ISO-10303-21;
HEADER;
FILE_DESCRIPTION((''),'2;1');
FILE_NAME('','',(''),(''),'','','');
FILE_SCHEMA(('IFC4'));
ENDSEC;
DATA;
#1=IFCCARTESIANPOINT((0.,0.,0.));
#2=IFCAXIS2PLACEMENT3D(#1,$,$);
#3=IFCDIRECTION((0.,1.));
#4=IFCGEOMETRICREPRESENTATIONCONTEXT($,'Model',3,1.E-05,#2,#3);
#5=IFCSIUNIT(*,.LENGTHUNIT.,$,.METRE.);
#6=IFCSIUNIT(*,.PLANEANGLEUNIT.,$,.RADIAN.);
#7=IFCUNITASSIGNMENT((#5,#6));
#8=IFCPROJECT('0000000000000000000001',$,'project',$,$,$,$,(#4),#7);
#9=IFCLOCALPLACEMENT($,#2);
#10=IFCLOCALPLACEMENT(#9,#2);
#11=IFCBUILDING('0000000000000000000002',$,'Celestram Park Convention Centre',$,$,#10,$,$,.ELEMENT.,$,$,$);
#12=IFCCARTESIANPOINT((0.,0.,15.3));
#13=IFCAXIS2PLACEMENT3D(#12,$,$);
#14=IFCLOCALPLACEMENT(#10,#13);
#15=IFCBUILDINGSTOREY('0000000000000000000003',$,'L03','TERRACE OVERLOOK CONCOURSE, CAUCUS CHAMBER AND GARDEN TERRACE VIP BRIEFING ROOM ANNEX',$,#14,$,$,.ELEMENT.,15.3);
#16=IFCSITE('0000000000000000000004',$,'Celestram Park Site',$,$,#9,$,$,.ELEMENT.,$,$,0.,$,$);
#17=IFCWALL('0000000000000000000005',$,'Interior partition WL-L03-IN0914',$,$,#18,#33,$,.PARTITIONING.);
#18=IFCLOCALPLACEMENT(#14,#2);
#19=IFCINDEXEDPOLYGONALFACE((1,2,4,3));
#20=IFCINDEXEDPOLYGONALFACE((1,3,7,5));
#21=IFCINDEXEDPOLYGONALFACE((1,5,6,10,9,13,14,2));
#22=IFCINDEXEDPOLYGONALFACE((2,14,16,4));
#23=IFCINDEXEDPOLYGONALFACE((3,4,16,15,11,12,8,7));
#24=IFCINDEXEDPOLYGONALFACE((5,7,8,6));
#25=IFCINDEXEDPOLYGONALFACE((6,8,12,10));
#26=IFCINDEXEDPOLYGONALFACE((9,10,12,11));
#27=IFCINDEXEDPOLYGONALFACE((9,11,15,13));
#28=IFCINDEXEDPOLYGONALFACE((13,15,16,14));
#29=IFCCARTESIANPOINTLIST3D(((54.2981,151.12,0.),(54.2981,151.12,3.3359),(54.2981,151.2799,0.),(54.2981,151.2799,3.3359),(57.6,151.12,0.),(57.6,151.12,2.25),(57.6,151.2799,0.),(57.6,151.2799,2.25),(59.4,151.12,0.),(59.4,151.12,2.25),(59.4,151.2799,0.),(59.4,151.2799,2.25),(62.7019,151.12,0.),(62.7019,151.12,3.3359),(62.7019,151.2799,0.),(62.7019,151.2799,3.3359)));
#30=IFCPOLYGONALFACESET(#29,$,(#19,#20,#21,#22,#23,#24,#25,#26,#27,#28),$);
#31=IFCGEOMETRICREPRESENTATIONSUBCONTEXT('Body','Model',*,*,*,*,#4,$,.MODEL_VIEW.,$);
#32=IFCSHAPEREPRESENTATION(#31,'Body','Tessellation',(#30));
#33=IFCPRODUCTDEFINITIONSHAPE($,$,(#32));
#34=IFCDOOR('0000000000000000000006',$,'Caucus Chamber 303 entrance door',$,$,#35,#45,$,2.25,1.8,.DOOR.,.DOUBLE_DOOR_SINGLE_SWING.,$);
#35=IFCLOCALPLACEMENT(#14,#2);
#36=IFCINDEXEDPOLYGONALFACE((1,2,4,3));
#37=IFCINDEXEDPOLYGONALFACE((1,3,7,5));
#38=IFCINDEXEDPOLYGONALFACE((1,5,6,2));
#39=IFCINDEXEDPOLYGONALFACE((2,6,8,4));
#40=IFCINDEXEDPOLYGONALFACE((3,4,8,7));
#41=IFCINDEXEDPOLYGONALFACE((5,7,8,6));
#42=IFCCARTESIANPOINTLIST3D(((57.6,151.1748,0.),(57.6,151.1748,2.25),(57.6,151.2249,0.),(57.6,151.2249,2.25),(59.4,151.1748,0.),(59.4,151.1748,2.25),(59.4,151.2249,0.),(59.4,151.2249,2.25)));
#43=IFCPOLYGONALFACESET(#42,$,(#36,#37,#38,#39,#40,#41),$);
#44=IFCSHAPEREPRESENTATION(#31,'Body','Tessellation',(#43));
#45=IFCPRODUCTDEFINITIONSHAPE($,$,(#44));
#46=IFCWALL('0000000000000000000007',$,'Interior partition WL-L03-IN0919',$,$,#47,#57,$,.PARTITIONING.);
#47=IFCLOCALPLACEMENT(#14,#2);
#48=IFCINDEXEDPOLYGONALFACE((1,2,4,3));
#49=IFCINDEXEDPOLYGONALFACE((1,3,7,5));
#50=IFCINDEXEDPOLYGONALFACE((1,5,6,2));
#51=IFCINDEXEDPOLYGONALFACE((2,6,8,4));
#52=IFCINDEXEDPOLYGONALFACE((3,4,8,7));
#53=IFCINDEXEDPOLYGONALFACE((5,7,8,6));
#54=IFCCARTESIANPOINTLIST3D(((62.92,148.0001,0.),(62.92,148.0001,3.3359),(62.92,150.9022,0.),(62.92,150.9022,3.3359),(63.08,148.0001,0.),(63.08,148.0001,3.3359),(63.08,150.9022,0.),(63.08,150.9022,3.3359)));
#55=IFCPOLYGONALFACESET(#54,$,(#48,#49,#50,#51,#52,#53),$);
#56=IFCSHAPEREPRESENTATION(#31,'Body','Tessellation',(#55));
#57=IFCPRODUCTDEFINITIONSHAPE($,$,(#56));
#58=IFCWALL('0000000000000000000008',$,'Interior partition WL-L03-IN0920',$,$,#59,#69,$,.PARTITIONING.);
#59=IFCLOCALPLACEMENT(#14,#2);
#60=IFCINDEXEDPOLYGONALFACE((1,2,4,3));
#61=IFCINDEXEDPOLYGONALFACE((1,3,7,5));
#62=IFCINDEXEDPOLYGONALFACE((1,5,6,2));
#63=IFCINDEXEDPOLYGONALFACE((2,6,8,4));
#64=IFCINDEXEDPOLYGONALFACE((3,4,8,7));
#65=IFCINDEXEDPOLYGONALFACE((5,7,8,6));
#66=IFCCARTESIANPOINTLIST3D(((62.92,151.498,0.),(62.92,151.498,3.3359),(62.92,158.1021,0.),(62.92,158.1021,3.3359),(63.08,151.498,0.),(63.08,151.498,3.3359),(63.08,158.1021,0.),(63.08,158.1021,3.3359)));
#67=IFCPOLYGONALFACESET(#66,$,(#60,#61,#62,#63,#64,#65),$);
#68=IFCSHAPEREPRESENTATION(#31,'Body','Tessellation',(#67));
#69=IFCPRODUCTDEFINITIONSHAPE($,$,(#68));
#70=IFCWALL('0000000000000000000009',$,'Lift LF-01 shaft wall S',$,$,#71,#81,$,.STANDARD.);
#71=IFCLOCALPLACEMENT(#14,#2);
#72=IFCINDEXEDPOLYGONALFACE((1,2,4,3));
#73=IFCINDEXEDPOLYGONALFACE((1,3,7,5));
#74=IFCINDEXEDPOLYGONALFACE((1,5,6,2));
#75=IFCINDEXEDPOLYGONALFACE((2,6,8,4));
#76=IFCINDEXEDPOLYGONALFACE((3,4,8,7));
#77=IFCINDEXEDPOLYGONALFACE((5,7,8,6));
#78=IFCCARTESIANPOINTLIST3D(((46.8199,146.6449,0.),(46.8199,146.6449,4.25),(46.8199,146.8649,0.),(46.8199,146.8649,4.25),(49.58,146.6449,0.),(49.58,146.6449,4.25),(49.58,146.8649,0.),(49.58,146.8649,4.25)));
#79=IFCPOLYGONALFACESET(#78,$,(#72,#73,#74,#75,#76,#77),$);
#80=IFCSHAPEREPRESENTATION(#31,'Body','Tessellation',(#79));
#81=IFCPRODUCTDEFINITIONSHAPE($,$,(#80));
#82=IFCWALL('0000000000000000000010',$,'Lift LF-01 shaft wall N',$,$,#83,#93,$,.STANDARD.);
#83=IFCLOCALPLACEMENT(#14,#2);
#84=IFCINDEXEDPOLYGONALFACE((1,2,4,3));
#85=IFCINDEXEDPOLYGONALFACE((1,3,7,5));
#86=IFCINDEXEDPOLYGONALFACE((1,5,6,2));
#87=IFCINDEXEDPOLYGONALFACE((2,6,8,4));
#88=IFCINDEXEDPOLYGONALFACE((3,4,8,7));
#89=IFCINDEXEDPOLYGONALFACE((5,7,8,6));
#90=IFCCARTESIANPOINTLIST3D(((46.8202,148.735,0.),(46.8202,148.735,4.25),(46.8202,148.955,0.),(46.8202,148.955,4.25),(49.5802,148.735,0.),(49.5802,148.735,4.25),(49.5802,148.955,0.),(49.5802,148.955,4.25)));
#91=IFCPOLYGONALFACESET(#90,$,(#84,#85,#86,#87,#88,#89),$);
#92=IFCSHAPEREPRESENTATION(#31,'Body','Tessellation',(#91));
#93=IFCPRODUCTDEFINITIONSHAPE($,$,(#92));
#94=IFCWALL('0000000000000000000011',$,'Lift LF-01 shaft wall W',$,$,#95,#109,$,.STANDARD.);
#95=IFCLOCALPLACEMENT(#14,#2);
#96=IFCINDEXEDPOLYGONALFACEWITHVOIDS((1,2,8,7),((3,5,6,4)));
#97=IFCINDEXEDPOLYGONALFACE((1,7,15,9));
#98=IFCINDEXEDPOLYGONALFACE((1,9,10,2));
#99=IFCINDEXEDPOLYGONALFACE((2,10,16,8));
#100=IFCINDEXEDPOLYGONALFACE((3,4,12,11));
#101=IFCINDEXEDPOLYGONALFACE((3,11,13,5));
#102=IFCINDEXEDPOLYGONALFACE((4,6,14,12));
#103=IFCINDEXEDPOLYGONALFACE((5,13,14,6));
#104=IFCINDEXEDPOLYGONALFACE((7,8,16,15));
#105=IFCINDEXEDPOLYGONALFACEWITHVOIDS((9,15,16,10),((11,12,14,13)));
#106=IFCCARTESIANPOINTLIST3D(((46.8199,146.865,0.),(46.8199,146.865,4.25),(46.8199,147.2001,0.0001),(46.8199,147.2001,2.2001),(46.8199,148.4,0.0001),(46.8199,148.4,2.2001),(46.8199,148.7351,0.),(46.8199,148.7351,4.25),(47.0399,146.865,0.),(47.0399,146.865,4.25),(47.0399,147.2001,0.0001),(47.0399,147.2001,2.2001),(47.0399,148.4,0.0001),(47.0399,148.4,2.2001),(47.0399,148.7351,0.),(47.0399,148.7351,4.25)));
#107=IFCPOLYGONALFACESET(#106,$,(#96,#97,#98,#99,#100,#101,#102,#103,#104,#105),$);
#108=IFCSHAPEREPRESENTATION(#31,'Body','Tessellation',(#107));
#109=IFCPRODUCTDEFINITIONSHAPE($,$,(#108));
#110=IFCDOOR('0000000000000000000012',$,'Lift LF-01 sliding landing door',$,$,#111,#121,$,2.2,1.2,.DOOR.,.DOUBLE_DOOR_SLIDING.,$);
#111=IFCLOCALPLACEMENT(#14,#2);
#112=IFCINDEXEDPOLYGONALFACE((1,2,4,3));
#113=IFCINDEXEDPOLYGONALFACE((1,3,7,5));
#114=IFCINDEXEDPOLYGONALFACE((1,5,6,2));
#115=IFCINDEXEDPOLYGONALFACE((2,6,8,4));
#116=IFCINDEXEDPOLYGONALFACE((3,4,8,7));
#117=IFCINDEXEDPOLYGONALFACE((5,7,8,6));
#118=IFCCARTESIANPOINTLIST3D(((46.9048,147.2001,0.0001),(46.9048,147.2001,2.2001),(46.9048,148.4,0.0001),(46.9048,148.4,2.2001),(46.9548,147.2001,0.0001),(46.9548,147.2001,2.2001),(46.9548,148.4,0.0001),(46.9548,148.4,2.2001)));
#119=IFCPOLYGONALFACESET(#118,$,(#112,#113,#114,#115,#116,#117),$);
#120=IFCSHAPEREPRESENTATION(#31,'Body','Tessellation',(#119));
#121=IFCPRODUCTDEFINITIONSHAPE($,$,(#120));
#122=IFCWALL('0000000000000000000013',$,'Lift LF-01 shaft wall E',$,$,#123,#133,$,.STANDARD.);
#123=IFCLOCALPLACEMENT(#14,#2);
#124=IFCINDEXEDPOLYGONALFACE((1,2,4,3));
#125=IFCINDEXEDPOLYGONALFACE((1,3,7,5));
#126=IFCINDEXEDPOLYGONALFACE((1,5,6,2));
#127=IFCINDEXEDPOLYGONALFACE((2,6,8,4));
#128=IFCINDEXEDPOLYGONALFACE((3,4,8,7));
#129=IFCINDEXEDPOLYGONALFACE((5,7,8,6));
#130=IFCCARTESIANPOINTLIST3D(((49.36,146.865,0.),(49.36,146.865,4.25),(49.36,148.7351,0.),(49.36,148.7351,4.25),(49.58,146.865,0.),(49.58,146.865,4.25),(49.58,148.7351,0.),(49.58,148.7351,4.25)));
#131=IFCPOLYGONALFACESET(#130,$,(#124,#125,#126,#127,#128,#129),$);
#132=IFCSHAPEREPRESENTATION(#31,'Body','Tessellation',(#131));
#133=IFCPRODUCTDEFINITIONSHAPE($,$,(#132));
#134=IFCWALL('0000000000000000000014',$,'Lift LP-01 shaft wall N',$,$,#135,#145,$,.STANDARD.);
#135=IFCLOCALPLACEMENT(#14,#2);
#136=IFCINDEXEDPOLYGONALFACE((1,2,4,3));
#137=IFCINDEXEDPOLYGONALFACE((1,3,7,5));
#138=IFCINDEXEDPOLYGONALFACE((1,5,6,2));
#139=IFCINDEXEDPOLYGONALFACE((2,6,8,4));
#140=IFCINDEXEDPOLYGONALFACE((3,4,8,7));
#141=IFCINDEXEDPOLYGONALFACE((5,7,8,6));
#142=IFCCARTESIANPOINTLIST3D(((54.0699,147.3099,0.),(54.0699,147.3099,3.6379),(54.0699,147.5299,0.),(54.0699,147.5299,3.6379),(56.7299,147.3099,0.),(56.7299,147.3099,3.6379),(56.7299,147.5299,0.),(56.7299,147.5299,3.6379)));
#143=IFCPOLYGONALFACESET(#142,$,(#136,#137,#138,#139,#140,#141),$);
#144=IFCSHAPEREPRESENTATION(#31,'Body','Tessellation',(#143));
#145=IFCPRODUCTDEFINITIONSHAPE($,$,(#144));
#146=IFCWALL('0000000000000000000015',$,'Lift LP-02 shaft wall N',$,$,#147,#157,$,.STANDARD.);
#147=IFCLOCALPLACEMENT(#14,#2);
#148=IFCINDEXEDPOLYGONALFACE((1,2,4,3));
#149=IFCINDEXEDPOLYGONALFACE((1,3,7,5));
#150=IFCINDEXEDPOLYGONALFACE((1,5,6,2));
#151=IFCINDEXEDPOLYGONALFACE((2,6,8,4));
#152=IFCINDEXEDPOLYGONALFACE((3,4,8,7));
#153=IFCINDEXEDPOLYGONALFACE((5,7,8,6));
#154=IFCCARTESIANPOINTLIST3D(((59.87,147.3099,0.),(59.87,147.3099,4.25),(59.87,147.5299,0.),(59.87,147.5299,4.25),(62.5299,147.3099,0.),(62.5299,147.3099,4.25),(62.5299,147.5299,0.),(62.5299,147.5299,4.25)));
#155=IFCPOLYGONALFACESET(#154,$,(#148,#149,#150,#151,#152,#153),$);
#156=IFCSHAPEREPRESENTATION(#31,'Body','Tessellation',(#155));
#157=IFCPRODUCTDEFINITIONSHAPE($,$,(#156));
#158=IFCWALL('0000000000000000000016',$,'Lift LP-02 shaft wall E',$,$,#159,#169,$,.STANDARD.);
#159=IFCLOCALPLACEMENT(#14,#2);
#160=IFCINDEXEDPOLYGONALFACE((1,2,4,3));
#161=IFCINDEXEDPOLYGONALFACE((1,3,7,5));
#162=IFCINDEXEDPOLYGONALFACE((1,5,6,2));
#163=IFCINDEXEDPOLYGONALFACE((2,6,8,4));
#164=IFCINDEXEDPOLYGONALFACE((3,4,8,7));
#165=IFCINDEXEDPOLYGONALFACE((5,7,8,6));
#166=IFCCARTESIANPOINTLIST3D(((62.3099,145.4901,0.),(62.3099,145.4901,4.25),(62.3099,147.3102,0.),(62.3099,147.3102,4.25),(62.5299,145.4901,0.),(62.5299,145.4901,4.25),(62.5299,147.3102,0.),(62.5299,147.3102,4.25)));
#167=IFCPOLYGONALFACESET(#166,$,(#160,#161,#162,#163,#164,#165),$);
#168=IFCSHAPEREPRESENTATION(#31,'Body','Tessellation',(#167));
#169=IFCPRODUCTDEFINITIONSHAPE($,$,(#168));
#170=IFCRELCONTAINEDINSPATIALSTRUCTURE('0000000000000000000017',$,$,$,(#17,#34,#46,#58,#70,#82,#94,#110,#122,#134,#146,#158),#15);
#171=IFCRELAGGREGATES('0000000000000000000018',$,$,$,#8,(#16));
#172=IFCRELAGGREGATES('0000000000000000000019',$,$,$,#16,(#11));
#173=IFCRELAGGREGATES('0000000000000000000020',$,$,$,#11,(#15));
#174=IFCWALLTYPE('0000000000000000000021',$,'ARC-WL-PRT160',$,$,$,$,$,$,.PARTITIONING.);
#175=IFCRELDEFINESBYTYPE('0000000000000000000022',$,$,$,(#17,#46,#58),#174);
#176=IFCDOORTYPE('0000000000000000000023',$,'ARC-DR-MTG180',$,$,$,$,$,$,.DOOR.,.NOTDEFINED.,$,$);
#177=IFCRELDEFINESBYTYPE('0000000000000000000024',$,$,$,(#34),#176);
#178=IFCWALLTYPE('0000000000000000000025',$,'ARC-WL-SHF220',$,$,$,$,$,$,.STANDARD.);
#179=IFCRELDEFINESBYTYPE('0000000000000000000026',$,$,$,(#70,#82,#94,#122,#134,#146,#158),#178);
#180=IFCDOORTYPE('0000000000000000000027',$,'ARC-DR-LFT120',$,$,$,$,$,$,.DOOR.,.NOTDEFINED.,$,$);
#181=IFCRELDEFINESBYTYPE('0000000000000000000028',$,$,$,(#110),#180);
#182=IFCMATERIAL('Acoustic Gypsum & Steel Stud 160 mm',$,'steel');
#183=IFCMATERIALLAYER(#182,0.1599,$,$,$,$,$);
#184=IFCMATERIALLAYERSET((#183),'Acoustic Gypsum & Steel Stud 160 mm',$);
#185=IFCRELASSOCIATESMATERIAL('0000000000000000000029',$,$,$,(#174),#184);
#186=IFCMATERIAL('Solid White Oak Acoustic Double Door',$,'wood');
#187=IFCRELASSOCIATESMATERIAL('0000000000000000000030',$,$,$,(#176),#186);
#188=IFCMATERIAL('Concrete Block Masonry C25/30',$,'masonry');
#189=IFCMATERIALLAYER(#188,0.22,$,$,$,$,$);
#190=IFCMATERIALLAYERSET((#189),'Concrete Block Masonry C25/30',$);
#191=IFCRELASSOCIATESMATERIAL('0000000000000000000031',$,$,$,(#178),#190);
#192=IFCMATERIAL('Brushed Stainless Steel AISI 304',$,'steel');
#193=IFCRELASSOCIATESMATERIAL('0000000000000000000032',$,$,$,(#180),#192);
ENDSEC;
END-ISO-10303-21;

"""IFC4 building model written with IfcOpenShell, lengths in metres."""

from ifc_helpers import new_model, si_unit, direction, frame, frame_2d, origin, place, context, subcontext, project, spatial, rectangle, extrude, material, layer, layer_set, type_object, element, fill, save


model = new_model("IFC4")

# Units and contexts
model_context = context("Model", 3, precision=1e-05, world=origin(), true_north=direction((0.0, 1.0)))
body_context = subcontext(model_context, "Body", "Model", "MODEL_VIEW")
ifc_project = project(units=[si_unit("LENGTHUNIT", "METRE"), si_unit("PLANEANGLEUNIT", "RADIAN")], contexts=[model_context])

# Site, building, storey
site_placement = place(None, origin())
site = spatial("IfcSite", under=ifc_project, at=site_placement, Name="Celestram Park Site", CompositionType="ELEMENT", RefElevation=0.0)
building_placement = place(site_placement, origin())
building = spatial("IfcBuilding", under=site, at=building_placement, Name="Celestram Park Convention Centre", CompositionType="ELEMENT")
storey_placement = place(building_placement, frame((0.0, 0.0, 15.3)))
storey = spatial("IfcBuildingStorey", under=building, at=storey_placement, Name="L03", Description="TERRACE OVERLOOK CONCOURSE, CAUCUS CHAMBER AND GARDEN TERRACE VIP BRIEFING ROOM ANNEX", CompositionType="ELEMENT", Elevation=15.3)

# Shared definitions
ifc_material_1 = material(Name="Concrete Block Masonry C25/30", Category="masonry")

# Wall, opening, door
ifc_material_2 = material(Name="Acoustic Gypsum & Steel Stud 160 mm", Category="steel")
ifc_layer_1 = layer(ifc_material_2, 0.1599)
ifc_layer_set_1 = layer_set([ifc_layer_1], Name="Acoustic Gypsum & Steel Stud 160 mm")
wall_type_1 = type_object("IfcWallType", Name="ARC-WL-PRT160", PredefinedType="PARTITIONING", material=ifc_layer_set_1)
wall_1_placement = place(storey_placement, frame((54.2981, 151.2, 0.0), z_axis=(0.0, 0.0, 1.0), x_axis=(1.0, 0.0, 0.0)))
wall_1 = element("IfcWall", 1, at=wall_1_placement, inside=storey, type_object=wall_type_1, Name="Interior partition WL-L03-IN0914", PredefinedType="PARTITIONING", context=body_context, shape_type="SweptSolid", body=[
    extrude(rectangle(XDim=8.4038, YDim=0.1599, at=frame_2d((4.2019, 0.0))), origin(), (0.0, 0.0, 1.0), 3.3359),
])
opening_1_placement = place(wall_1_placement, frame((3.302, 0.0, 0.0)))
opening_1 = element("IfcOpeningElement", 2, at=opening_1_placement, cuts=wall_1, PredefinedType="OPENING", context=body_context, shape_type="SweptSolid", body=[
    extrude(rectangle(XDim=1.8, YDim=2.25, at=frame_2d((0.8999, 1.125))), frame((0.0, 0.0898, 0.0), z_axis=(0.0, -1.0, 0.0), x_axis=(1.0, 0.0, 0.0)), (0.0, 0.0, 1.0), 0.1799),
])
ifc_material_3 = material(Name="Solid White Oak Acoustic Double Door", Category="wood")
door_type_1 = type_object("IfcDoorType", Name="ARC-DR-MTG180", OperationType="NOTDEFINED", PredefinedType="DOOR", material=ifc_material_3)
door_1_placement = place(opening_1_placement, origin())
door_1 = element("IfcDoor", 3, at=door_1_placement, inside=storey, type_object=door_type_1, Name="Caucus Chamber 303 entrance door", OperationType="DOUBLE_DOOR_SINGLE_SWING", OverallHeight=2.25, OverallWidth=1.8, PredefinedType="DOOR", context=body_context, shape_type="SweptSolid", body=[
    extrude(rectangle(XDim=1.8, YDim=2.25, at=frame_2d((0.8999, 1.125))), frame((0.0, 0.0249, 0.0), z_axis=(0.0, -1.0, 0.0), x_axis=(1.0, 0.0, 0.0)), (0.0, 0.0, 1.0), 0.05),
])
fill(opening_1, door_1)

# Walls
wall_2_placement = place(storey_placement, frame((63.0, 148.0, 0.0), z_axis=(0.0, 0.0, 1.0), x_axis=(0.0, 1.0, 0.0)))
element("IfcWall", 4, at=wall_2_placement, inside=storey, type_object=wall_type_1, Name="Interior partition WL-L03-IN0919", PredefinedType="PARTITIONING", context=body_context, shape_type="SweptSolid", body=[
    extrude(rectangle(XDim=2.9021, YDim=0.1599, at=frame_2d((1.4512, 0.0))), origin(), (0.0, 0.0, 1.0), 3.3359),
])
wall_3_placement = place(storey_placement, frame((63.0, 151.498, 0.0), z_axis=(0.0, 0.0, 1.0), x_axis=(0.0, 1.0, 0.0)))
element("IfcWall", 5, at=wall_3_placement, inside=storey, type_object=wall_type_1, Name="Interior partition WL-L03-IN0920", PredefinedType="PARTITIONING", context=body_context, shape_type="SweptSolid", body=[
    extrude(rectangle(XDim=6.604, YDim=0.1599, at=frame_2d((3.302, 0.0))), origin(), (0.0, 0.0, 1.0), 3.3359),
])
ifc_layer_2 = layer(ifc_material_1, 0.22)
ifc_layer_set_2 = layer_set([ifc_layer_2], Name="Concrete Block Masonry C25/30")
wall_type_2 = type_object("IfcWallType", Name="ARC-WL-SHF220", PredefinedType="STANDARD", material=ifc_layer_set_2)
for number, where, z_axis, x_axis, name in (
    (6, (46.8201, 146.7549, 0.0), (0.0, 0.0, 1.0), (1.0, 0.0, 0.0), "Lift LF-01 shaft wall S"),
    (7, (49.5801, 148.845, 0.0), (0.0, 0.0, 1.0), (-1.0, 0.0, 0.0), "Lift LF-01 shaft wall N"),
):
    element("IfcWall", number, at=place(storey_placement, frame(where, z_axis=z_axis, x_axis=x_axis)), inside=storey, type_object=wall_type_2, Name=name, PredefinedType="STANDARD", context=body_context, shape_type="SweptSolid", body=[
        extrude(rectangle(XDim=2.76, YDim=0.22, at=frame_2d((1.3799, 0.0))), origin(), (0.0, 0.0, 1.0), 4.25),
    ])

# Wall, opening, door
wall_4_placement = place(storey_placement, frame((46.9299, 148.7351, 0.0), z_axis=(0.0, 0.0, 1.0), x_axis=(0.0, -1.0, 0.0)))
wall_4 = element("IfcWall", 8, at=wall_4_placement, inside=storey, type_object=wall_type_2, Name="Lift LF-01 shaft wall W", PredefinedType="STANDARD", context=body_context, shape_type="SweptSolid", body=[
    extrude(rectangle(XDim=1.8701, YDim=0.22, at=frame_2d((0.9351, 0.0))), origin(), (0.0, 0.0, 1.0), 4.25),
])
opening_2_placement = place(wall_4_placement, frame((0.335, 0.0, 0.0)))
opening_2 = element("IfcOpeningElement", 9, at=opening_2_placement, cuts=wall_4, PredefinedType="OPENING", context=body_context, shape_type="SweptSolid", body=[
    extrude(rectangle(XDim=1.2, YDim=2.2, at=frame_2d((0.6001, 1.1001))), frame((0.0, 0.1199, 0.0), z_axis=(0.0, -1.0, 0.0), x_axis=(1.0, 0.0, 0.0)), (0.0, 0.0, 1.0), 0.24),
])
ifc_material_4 = material(Name="Brushed Stainless Steel AISI 304", Category="steel")
door_type_2 = type_object("IfcDoorType", Name="ARC-DR-LFT120", OperationType="NOTDEFINED", PredefinedType="DOOR", material=ifc_material_4)
door_2_placement = place(opening_2_placement, origin())
door_2 = element("IfcDoor", 10, at=door_2_placement, inside=storey, type_object=door_type_2, Name="Lift LF-01 sliding landing door", OperationType="DOUBLE_DOOR_SLIDING", OverallHeight=2.2, OverallWidth=1.2, PredefinedType="DOOR", context=body_context, shape_type="SweptSolid", body=[
    extrude(rectangle(XDim=1.2, YDim=2.2, at=frame_2d((0.6001, 1.1001))), frame((0.0, 0.0249, 0.0), z_axis=(0.0, -1.0, 0.0), x_axis=(1.0, 0.0, 0.0)), (0.0, 0.0, 1.0), 0.05),
])
fill(opening_2, door_2)

# Walls
wall_5_placement = place(storey_placement, frame((49.47, 146.865, 0.0), z_axis=(0.0, 0.0, 1.0), x_axis=(0.0, 1.0, 0.0)))
element("IfcWall", 11, at=wall_5_placement, inside=storey, type_object=wall_type_2, Name="Lift LF-01 shaft wall E", PredefinedType="STANDARD", context=body_context, shape_type="SweptSolid", body=[
    extrude(rectangle(XDim=1.8701, YDim=0.22, at=frame_2d((0.9351, 0.0))), origin(), (0.0, 0.0, 1.0), 4.25),
])
wall_6_placement = place(storey_placement, frame((56.73, 147.4199, 0.0), z_axis=(0.0, 0.0, 1.0), x_axis=(-1.0, 0.0, 0.0)))
element("IfcWall", 12, at=wall_6_placement, inside=storey, type_object=wall_type_2, Name="Lift LP-01 shaft wall N", PredefinedType="STANDARD", context=body_context, shape_type="SweptSolid", body=[
    extrude(rectangle(XDim=2.6599, YDim=0.22, at=frame_2d((1.3301, 0.0))), origin(), (0.0, 0.0, 1.0), 3.6379),
])
wall_7_placement = place(storey_placement, frame((62.53, 147.4199, 0.0), z_axis=(0.0, 0.0, 1.0), x_axis=(-1.0, 0.0, 0.0)))
element("IfcWall", 13, at=wall_7_placement, inside=storey, type_object=wall_type_2, Name="Lift LP-02 shaft wall N", PredefinedType="STANDARD", context=body_context, shape_type="SweptSolid", body=[
    extrude(rectangle(XDim=2.6599, YDim=0.22, at=frame_2d((1.3301, 0.0))), origin(), (0.0, 0.0, 1.0), 4.25),
])
for number, where, z_axis, x_axis, name in (
    (14, (62.4199, 145.49, 0.0), (0.0, 0.0, 1.0), (0.0, 1.0, 0.0), "Lift LP-02 shaft wall E"),
):
    element("IfcWall", number, at=place(storey_placement, frame(where, z_axis=z_axis, x_axis=x_axis)), inside=storey, type_object=wall_type_2, Name=name, PredefinedType="STANDARD", context=body_context, shape_type="SweptSolid", body=[
        extrude(rectangle(XDim=1.8201, YDim=0.22, at=frame_2d((0.9102, 0.0))), origin(), (0.0, 0.0, 1.0), 4.25),
    ])

save(model, "model.ifc")
